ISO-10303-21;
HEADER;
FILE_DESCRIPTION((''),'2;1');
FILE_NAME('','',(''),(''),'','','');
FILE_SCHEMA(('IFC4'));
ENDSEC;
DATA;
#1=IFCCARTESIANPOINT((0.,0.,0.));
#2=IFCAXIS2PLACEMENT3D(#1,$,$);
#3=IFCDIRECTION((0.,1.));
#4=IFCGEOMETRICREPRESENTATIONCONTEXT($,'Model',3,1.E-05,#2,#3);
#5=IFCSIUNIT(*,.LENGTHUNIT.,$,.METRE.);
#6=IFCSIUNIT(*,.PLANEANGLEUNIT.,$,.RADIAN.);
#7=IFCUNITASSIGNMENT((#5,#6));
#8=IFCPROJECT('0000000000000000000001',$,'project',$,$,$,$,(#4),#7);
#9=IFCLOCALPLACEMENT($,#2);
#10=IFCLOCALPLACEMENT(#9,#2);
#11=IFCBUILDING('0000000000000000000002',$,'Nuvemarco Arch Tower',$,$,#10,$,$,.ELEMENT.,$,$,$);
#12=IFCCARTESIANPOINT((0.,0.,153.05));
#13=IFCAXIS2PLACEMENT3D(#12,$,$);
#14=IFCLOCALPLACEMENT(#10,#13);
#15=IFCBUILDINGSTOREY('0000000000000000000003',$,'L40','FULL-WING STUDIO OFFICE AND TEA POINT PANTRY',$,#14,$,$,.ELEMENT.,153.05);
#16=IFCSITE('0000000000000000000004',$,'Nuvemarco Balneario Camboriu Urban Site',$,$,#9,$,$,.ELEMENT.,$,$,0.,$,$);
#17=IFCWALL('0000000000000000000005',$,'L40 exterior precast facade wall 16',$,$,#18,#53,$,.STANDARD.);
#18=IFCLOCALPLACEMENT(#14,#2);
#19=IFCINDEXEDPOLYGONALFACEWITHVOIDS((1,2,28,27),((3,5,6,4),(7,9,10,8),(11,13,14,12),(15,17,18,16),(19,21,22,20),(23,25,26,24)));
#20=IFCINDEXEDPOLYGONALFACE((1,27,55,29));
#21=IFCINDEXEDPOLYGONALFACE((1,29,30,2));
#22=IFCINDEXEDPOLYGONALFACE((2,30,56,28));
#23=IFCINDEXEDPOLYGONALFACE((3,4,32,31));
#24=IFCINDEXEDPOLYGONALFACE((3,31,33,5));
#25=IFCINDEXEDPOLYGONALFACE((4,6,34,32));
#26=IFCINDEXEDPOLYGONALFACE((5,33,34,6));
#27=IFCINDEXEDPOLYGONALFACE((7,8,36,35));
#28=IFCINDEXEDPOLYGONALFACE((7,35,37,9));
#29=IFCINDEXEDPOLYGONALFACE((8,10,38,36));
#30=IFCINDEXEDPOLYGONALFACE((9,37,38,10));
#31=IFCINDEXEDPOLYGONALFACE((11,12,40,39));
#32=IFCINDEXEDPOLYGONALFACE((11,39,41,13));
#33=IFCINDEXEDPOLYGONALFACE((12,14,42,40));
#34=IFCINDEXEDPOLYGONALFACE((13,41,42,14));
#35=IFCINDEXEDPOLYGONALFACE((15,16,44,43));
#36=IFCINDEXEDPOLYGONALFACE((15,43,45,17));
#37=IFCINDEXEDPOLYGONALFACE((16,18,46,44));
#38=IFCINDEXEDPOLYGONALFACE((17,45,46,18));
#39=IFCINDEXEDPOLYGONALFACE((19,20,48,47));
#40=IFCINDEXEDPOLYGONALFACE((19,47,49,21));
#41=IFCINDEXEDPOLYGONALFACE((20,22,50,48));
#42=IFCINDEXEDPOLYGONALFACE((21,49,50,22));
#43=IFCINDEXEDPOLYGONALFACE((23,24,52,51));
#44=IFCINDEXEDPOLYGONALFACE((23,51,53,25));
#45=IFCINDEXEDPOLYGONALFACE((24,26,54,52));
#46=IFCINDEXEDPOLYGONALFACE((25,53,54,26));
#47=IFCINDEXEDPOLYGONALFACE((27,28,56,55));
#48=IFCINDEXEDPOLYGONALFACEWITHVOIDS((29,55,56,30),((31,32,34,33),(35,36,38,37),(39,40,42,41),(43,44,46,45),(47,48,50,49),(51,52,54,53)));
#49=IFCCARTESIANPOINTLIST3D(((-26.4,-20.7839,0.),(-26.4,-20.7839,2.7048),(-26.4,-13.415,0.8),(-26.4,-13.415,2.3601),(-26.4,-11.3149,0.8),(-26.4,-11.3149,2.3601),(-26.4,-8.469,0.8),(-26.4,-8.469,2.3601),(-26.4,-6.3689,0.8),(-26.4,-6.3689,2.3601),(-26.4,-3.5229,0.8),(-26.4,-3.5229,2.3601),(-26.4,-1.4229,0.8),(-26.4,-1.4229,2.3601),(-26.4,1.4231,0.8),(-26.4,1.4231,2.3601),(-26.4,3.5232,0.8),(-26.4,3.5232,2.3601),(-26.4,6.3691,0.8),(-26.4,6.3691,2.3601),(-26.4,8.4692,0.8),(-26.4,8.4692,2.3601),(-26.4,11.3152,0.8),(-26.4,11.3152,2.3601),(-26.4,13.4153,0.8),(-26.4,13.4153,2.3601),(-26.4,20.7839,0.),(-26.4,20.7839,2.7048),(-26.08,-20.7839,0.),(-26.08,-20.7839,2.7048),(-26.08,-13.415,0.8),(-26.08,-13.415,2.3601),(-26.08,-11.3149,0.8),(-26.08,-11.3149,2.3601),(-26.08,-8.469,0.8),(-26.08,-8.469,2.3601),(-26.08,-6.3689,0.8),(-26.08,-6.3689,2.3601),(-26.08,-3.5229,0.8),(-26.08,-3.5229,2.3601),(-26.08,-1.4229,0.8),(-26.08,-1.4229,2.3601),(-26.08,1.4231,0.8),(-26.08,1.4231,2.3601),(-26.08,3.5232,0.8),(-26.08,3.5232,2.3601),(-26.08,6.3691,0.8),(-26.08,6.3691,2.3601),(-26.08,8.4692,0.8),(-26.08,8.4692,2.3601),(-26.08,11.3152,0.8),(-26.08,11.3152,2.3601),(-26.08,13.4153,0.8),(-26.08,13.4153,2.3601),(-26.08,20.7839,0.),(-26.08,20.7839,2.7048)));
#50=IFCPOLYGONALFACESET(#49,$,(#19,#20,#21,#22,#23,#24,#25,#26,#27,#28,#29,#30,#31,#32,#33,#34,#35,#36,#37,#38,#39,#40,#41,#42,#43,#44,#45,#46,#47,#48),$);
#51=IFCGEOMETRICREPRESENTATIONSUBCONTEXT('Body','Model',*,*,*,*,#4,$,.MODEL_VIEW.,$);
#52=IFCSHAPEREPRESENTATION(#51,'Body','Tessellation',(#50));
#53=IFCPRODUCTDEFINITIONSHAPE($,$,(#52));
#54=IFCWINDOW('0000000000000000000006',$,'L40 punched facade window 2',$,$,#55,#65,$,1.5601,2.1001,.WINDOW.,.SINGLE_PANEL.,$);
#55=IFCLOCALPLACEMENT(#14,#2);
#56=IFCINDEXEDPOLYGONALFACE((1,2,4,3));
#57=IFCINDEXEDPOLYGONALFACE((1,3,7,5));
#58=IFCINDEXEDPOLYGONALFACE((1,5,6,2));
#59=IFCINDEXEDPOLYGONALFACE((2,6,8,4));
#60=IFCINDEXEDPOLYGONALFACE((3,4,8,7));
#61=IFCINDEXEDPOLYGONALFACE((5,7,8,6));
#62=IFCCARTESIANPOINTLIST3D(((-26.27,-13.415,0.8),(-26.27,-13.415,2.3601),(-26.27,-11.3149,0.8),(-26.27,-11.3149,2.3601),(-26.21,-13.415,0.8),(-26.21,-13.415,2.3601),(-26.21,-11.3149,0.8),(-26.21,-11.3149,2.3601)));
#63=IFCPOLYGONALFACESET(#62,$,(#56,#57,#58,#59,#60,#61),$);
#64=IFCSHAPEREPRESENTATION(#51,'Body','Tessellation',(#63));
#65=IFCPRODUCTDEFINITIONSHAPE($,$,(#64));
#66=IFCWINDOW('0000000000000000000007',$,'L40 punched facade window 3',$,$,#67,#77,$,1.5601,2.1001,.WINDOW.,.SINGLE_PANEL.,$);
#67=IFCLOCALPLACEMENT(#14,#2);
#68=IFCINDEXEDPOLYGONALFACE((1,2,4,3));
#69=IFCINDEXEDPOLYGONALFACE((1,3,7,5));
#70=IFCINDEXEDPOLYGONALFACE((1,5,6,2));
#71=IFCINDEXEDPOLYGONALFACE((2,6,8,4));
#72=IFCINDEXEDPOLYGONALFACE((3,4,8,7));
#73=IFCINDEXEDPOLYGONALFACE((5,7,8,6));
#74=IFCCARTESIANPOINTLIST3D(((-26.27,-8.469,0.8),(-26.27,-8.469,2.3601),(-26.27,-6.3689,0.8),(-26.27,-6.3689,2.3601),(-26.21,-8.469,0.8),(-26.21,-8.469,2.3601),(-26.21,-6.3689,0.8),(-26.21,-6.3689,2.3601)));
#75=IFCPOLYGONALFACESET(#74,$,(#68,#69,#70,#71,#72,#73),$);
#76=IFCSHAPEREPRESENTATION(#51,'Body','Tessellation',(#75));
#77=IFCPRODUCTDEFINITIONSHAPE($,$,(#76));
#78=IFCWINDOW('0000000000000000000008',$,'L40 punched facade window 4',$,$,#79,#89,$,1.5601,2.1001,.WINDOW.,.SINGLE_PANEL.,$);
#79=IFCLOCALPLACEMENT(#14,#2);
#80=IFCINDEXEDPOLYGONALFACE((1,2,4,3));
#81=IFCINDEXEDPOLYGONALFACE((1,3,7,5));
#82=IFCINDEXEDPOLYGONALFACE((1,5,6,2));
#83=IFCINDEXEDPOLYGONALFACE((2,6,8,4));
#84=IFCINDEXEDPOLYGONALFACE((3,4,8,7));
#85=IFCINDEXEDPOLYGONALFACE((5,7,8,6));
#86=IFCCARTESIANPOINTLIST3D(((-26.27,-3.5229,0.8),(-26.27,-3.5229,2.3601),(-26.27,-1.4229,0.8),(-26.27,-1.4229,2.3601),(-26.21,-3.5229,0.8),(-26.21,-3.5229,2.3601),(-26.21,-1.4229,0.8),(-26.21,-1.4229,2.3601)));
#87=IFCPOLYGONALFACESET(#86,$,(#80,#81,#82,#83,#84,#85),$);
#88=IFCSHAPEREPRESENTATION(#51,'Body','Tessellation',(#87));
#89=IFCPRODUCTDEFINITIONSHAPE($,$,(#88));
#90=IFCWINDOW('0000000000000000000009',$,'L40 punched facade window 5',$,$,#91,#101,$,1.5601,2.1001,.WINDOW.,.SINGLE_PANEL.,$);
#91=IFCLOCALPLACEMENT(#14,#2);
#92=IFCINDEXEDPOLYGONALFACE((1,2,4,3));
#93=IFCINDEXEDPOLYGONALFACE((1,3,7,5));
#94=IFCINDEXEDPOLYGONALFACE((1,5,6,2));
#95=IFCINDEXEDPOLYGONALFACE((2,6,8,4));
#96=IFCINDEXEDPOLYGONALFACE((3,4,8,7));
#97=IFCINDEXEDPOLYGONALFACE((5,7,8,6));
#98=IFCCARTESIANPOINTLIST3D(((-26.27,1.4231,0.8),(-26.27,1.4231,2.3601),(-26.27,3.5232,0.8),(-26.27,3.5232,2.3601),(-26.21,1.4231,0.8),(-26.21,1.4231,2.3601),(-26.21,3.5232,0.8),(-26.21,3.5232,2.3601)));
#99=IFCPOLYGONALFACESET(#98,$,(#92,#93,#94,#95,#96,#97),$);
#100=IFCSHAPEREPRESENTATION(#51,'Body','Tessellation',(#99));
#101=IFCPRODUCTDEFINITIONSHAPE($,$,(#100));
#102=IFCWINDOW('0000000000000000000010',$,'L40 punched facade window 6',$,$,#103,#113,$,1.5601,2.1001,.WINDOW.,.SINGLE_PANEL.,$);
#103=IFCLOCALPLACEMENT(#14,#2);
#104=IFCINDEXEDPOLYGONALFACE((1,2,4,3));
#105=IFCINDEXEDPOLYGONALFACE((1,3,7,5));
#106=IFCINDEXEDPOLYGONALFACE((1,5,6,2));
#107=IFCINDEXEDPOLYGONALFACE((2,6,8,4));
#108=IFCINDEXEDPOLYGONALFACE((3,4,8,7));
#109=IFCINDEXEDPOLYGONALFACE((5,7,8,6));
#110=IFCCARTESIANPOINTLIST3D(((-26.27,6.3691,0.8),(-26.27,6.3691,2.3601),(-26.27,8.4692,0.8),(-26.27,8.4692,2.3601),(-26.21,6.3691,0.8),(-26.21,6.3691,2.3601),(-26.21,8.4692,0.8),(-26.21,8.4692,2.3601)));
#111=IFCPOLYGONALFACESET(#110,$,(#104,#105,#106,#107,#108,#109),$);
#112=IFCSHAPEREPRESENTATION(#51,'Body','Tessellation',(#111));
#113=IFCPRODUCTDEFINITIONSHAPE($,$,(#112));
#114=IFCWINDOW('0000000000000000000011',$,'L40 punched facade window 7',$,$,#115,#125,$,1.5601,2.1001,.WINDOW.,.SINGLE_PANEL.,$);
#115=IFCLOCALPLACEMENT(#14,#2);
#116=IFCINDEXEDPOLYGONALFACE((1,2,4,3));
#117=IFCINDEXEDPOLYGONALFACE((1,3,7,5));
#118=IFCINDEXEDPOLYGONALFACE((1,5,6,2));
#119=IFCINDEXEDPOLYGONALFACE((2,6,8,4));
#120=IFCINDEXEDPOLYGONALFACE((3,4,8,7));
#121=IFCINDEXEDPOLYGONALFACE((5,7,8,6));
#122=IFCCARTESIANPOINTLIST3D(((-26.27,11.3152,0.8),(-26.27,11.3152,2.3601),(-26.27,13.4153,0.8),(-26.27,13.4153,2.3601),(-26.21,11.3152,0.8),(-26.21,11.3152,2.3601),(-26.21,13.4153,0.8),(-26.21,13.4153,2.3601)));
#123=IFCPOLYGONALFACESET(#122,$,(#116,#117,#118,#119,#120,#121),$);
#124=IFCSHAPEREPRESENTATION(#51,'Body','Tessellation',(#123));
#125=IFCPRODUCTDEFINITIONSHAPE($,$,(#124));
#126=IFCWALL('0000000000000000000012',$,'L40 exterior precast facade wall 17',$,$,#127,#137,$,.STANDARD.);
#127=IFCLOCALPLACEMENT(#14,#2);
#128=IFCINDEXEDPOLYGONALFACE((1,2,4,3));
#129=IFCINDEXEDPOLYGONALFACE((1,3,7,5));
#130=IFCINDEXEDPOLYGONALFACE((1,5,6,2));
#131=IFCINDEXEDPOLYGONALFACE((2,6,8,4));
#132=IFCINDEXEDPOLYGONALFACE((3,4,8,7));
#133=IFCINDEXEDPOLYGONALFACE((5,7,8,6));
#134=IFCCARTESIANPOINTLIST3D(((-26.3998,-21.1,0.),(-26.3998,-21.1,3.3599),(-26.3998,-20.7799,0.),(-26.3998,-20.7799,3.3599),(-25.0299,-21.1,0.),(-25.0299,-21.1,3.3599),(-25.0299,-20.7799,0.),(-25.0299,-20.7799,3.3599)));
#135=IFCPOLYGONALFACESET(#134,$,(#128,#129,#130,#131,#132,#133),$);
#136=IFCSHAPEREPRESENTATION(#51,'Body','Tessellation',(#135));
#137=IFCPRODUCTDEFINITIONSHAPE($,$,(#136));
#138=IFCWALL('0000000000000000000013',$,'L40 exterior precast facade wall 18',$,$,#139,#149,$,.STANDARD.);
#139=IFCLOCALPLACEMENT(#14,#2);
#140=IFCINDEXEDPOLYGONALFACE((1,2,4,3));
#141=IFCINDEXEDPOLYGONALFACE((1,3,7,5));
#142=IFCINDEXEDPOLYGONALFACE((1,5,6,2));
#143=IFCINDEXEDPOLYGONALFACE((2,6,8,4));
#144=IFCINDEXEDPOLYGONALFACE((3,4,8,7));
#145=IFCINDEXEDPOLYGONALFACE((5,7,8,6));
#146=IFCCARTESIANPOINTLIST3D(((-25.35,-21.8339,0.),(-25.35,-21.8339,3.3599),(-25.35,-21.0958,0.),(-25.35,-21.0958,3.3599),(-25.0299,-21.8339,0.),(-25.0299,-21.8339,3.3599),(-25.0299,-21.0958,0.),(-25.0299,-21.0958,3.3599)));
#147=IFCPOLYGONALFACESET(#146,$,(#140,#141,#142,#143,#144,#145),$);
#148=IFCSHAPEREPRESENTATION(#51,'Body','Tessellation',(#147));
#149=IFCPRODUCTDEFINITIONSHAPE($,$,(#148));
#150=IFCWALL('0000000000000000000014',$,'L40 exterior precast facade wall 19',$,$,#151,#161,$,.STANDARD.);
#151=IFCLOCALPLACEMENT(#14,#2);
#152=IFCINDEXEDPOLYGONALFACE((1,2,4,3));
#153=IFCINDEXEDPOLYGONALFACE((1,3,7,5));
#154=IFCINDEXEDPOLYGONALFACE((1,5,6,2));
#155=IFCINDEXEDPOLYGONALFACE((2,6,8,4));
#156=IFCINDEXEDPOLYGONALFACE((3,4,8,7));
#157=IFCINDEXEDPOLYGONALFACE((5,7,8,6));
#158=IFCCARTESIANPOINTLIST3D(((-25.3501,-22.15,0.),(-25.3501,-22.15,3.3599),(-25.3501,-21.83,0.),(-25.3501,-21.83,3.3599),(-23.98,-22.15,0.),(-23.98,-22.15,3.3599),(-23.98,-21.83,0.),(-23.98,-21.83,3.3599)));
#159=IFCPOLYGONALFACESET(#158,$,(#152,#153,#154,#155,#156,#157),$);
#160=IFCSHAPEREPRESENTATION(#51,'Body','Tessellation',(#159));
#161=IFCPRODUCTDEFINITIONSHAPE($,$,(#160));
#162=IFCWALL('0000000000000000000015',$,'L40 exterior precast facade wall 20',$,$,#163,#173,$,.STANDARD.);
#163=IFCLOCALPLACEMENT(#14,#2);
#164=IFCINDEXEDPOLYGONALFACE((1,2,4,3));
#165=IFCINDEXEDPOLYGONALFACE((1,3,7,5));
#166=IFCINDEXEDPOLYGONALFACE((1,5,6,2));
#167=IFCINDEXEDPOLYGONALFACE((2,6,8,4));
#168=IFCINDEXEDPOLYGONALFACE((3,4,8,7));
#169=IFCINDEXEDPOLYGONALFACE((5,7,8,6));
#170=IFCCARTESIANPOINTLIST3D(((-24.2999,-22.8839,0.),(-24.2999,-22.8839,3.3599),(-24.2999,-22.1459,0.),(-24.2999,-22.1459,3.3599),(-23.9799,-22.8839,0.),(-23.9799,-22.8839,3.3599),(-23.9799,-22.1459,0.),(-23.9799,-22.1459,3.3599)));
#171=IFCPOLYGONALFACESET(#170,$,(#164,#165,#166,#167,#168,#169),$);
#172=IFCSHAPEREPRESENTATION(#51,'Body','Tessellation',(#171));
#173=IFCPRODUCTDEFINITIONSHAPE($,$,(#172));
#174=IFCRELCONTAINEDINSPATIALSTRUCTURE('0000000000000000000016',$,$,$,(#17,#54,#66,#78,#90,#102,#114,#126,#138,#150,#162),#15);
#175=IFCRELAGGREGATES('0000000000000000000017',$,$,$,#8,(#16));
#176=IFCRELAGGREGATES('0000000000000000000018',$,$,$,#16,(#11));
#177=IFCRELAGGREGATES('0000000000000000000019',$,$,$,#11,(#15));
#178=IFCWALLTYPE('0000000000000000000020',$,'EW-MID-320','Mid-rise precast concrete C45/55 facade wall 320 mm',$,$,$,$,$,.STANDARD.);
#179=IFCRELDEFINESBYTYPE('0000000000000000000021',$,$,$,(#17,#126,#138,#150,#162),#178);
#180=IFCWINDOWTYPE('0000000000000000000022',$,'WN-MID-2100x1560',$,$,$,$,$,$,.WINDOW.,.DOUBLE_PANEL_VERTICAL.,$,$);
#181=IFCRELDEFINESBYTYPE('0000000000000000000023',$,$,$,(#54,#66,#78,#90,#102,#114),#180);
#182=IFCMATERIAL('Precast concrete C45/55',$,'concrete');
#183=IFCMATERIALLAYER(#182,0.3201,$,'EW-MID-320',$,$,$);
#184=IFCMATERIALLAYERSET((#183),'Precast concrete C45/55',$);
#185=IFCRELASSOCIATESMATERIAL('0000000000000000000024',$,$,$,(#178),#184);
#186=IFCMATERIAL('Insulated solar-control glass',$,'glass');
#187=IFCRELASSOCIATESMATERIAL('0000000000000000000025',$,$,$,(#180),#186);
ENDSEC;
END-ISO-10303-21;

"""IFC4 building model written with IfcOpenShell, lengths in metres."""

from ifc_helpers import new_model, si_unit, direction, frame, frame_2d, origin, place, context, subcontext, project, spatial, rectangle, extrude, source, transform, mapped, material, layer, layer_set, type_object, type_shapes, element, fill, save


model = new_model("IFC4")

# Units and contexts
model_context = context("Model", 3, precision=1e-05, world=origin(), true_north=direction((0.0, 1.0)))
body_context = subcontext(model_context, "Body", "Model", "MODEL_VIEW")
ifc_project = project(units=[si_unit("LENGTHUNIT", "METRE"), si_unit("PLANEANGLEUNIT", "RADIAN")], contexts=[model_context])

# Site, building, storey
site_placement = place(None, origin())
site = spatial("IfcSite", under=ifc_project, at=site_placement, Name="Nuvemarco Balneario Camboriu Urban Site", CompositionType="ELEMENT", RefElevation=0.0)
building_placement = place(site_placement, origin())
building = spatial("IfcBuilding", under=site, at=building_placement, Name="Nuvemarco Arch Tower", CompositionType="ELEMENT")
storey_placement = place(building_placement, frame((0.0, 0.0, 153.05)))
storey = spatial("IfcBuildingStorey", under=building, at=storey_placement, Name="L40", Description="FULL-WING STUDIO OFFICE AND TEA POINT PANTRY", CompositionType="ELEMENT", Elevation=153.05)

# Shared definitions
ifc_material_1 = material(Name="Precast concrete C45/55", Category="concrete")
ifc_layer_1 = layer(ifc_material_1, 0.3201, Name="EW-MID-320")
ifc_layer_set_1 = layer_set([ifc_layer_1], Name="Precast concrete C45/55")
wall_type_1 = type_object("IfcWallType", Name="EW-MID-320", Description="Mid-rise precast concrete C45/55 facade wall 320 mm", PredefinedType="STANDARD", material=ifc_layer_set_1)
ifc_material_2 = material(Name="Insulated solar-control glass", Category="glass")

# Wall, openings, windows
wall_1_placement = place(storey_placement, frame((-26.24, -20.7839, 0.0), z_axis=(0.0, 0.0, 1.0), x_axis=(0.0, 1.0, 0.0)))
wall_1 = element("IfcWall", 1, at=wall_1_placement, inside=storey, type_object=wall_type_1, Name="L40 exterior precast facade wall 16", PredefinedType="STANDARD", context=body_context, shape_type="SweptSolid", body=[
    extrude(rectangle(XDim=41.5679, YDim=0.3201, at=frame_2d((20.7839, 0.0))), origin(), (0.0, 0.0, 1.0), 2.7048),
])
opening_1_placement = place(wall_1_placement, frame((7.3689, 0.0, 0.8)))
opening_1 = element("IfcOpeningElement", 2, at=opening_1_placement, cuts=wall_1, PredefinedType="OPENING", context=body_context, shape_type="SweptSolid", body=[
    extrude(rectangle(XDim=2.1001, YDim=1.5601, at=frame_2d((1.05, 0.78))), frame((0.0, 0.1699, 0.0), z_axis=(0.0, -1.0, 0.0), x_axis=(1.0, 0.0, 0.0)), (0.0, 0.0, 1.0), 0.3401),
])
opening_2_placement = place(wall_1_placement, frame((12.3149, 0.0, 0.8)))
opening_2 = element("IfcOpeningElement", 3, at=opening_2_placement, cuts=wall_1, PredefinedType="OPENING", context=body_context, shape_type="SweptSolid", body=[
    extrude(rectangle(XDim=2.1001, YDim=1.5601, at=frame_2d((1.05, 0.78))), frame((0.0, 0.1699, 0.0), z_axis=(0.0, -1.0, 0.0), x_axis=(1.0, 0.0, 0.0)), (0.0, 0.0, 1.0), 0.3401),
])
opening_3_placement = place(wall_1_placement, frame((17.261, 0.0, 0.8)))
opening_3 = element("IfcOpeningElement", 4, at=opening_3_placement, cuts=wall_1, PredefinedType="OPENING", context=body_context, shape_type="SweptSolid", body=[
    extrude(rectangle(XDim=2.1001, YDim=1.5601, at=frame_2d((1.05, 0.78))), frame((0.0, 0.1699, 0.0), z_axis=(0.0, -1.0, 0.0), x_axis=(1.0, 0.0, 0.0)), (0.0, 0.0, 1.0), 0.3401),
])
opening_4_placement = place(wall_1_placement, frame((22.207, 0.0, 0.8)))
opening_4 = element("IfcOpeningElement", 5, at=opening_4_placement, cuts=wall_1, PredefinedType="OPENING", context=body_context, shape_type="SweptSolid", body=[
    extrude(rectangle(XDim=2.1001, YDim=1.5601, at=frame_2d((1.05, 0.78))), frame((0.0, 0.1699, 0.0), z_axis=(0.0, -1.0, 0.0), x_axis=(1.0, 0.0, 0.0)), (0.0, 0.0, 1.0), 0.3401),
])
opening_5_placement = place(wall_1_placement, frame((27.1531, 0.0, 0.8)))
opening_5 = element("IfcOpeningElement", 6, at=opening_5_placement, cuts=wall_1, PredefinedType="OPENING", context=body_context, shape_type="SweptSolid", body=[
    extrude(rectangle(XDim=2.1001, YDim=1.5601, at=frame_2d((1.05, 0.78))), frame((0.0, 0.1699, 0.0), z_axis=(0.0, -1.0, 0.0), x_axis=(1.0, 0.0, 0.0)), (0.0, 0.0, 1.0), 0.3401),
])
opening_6_placement = place(wall_1_placement, frame((32.0991, 0.0, 0.8)))
opening_6 = element("IfcOpeningElement", 7, at=opening_6_placement, cuts=wall_1, PredefinedType="OPENING", context=body_context, shape_type="SweptSolid", body=[
    extrude(rectangle(XDim=2.1001, YDim=1.5601, at=frame_2d((1.05, 0.78))), frame((0.0, 0.1699, 0.0), z_axis=(0.0, -1.0, 0.0), x_axis=(1.0, 0.0, 0.0)), (0.0, 0.0, 1.0), 0.3401),
])
window_type_1 = type_object("IfcWindowType", Name="WN-MID-2100x1560", PartitioningType="DOUBLE_PANEL_VERTICAL", PredefinedType="WINDOW", material=ifc_material_2)
shared_shape_1 = source(origin(), body_context, "Body", "SweptSolid", [
    extrude(rectangle(XDim=2.1001, YDim=1.5601, at=frame_2d((1.05, 0.78))), frame((0.0, 0.03, 0.0), z_axis=(0.0, -1.0, 0.0), x_axis=(1.0, 0.0, 0.0)), (0.0, 0.0, 1.0), 0.0601),
])
type_shapes(window_type_1, [shared_shape_1])
window_1_placement = place(opening_1_placement, origin())
window_1 = element("IfcWindow", 8, at=window_1_placement, inside=storey, type_object=window_type_1, Name="L40 punched facade window 2", OverallHeight=1.5601, OverallWidth=2.1001, PartitioningType="SINGLE_PANEL", PredefinedType="WINDOW", context=body_context, shape_type="MappedRepresentation", body=[
    mapped(shared_shape_1, transform((0.0, 0.0, 0.0), scale=1.0)),
])
fill(opening_1, window_1)
window_2_placement = place(opening_2_placement, origin())
window_2 = element("IfcWindow", 9, at=window_2_placement, inside=storey, type_object=window_type_1, Name="L40 punched facade window 3", OverallHeight=1.5601, OverallWidth=2.1001, PartitioningType="SINGLE_PANEL", PredefinedType="WINDOW", context=body_context, shape_type="MappedRepresentation", body=[
    mapped(shared_shape_1, transform((0.0, 0.0, 0.0), scale=1.0)),
])
fill(opening_2, window_2)
window_3_placement = place(opening_3_placement, origin())
window_3 = element("IfcWindow", 10, at=window_3_placement, inside=storey, type_object=window_type_1, Name="L40 punched facade window 4", OverallHeight=1.5601, OverallWidth=2.1001, PartitioningType="SINGLE_PANEL", PredefinedType="WINDOW", context=body_context, shape_type="MappedRepresentation", body=[
    mapped(shared_shape_1, transform((0.0, 0.0, 0.0), scale=1.0)),
])
fill(opening_3, window_3)
window_4_placement = place(opening_4_placement, origin())
window_4 = element("IfcWindow", 11, at=window_4_placement, inside=storey, type_object=window_type_1, Name="L40 punched facade window 5", OverallHeight=1.5601, OverallWidth=2.1001, PartitioningType="SINGLE_PANEL", PredefinedType="WINDOW", context=body_context, shape_type="MappedRepresentation", body=[
    mapped(shared_shape_1, transform((0.0, 0.0, 0.0), scale=1.0)),
])
fill(opening_4, window_4)
window_5_placement = place(opening_5_placement, origin())
window_5 = element("IfcWindow", 12, at=window_5_placement, inside=storey, type_object=window_type_1, Name="L40 punched facade window 6", OverallHeight=1.5601, OverallWidth=2.1001, PartitioningType="SINGLE_PANEL", PredefinedType="WINDOW", context=body_context, shape_type="MappedRepresentation", body=[
    mapped(shared_shape_1, transform((0.0, 0.0, 0.0), scale=1.0)),
])
fill(opening_5, window_5)
window_6_placement = place(opening_6_placement, origin())
window_6 = element("IfcWindow", 13, at=window_6_placement, inside=storey, type_object=window_type_1, Name="L40 punched facade window 7", OverallHeight=1.5601, OverallWidth=2.1001, PartitioningType="SINGLE_PANEL", PredefinedType="WINDOW", context=body_context, shape_type="MappedRepresentation", body=[
    mapped(shared_shape_1, transform((0.0, 0.0, 0.0), scale=1.0)),
])
fill(opening_6, window_6)

# Walls
wall_2_placement = place(storey_placement, frame((-26.3999, -20.9399, 0.0), z_axis=(0.0, 0.0, 1.0), x_axis=(1.0, 0.0, 0.0)))
element("IfcWall", 14, at=wall_2_placement, inside=storey, type_object=wall_type_1, Name="L40 exterior precast facade wall 17", PredefinedType="STANDARD", context=body_context, shape_type="SweptSolid", body=[
    extrude(rectangle(XDim=1.3699, YDim=0.3201, at=frame_2d((0.6851, 0.0))), origin(), (0.0, 0.0, 1.0), 3.3599),
])
wall_3_placement = place(storey_placement, frame((-25.1899, -21.834, 0.0), z_axis=(0.0, 0.0, 1.0), x_axis=(0.0, 1.0, 0.0)))
element("IfcWall", 15, at=wall_3_placement, inside=storey, type_object=wall_type_1, Name="L40 exterior precast facade wall 18", PredefinedType="STANDARD", context=body_context, shape_type="SweptSolid", body=[
    extrude(rectangle(XDim=0.738, YDim=0.3201, at=frame_2d((0.3691, 0.0))), origin(), (0.0, 0.0, 1.0), 3.3599),
])
wall_4_placement = place(storey_placement, frame((-25.3501, -21.99, 0.0), z_axis=(0.0, 0.0, 1.0), x_axis=(1.0, 0.0, 0.0)))
element("IfcWall", 16, at=wall_4_placement, inside=storey, type_object=wall_type_1, Name="L40 exterior precast facade wall 19", PredefinedType="STANDARD", context=body_context, shape_type="SweptSolid", body=[
    extrude(rectangle(XDim=1.3701, YDim=0.3201, at=frame_2d((0.6851, 0.0))), origin(), (0.0, 0.0, 1.0), 3.3599),
])
wall_5_placement = place(storey_placement, frame((-24.1399, -22.884, 0.0), z_axis=(0.0, 0.0, 1.0), x_axis=(0.0, 1.0, 0.0)))
element("IfcWall", 17, at=wall_5_placement, inside=storey, type_object=wall_type_1, Name="L40 exterior precast facade wall 20", PredefinedType="STANDARD", context=body_context, shape_type="SweptSolid", body=[
    extrude(rectangle(XDim=0.738, YDim=0.3201, at=frame_2d((0.3691, 0.0))), origin(), (0.0, 0.0, 1.0), 3.3599),
])

save(model, "model.ifc")
